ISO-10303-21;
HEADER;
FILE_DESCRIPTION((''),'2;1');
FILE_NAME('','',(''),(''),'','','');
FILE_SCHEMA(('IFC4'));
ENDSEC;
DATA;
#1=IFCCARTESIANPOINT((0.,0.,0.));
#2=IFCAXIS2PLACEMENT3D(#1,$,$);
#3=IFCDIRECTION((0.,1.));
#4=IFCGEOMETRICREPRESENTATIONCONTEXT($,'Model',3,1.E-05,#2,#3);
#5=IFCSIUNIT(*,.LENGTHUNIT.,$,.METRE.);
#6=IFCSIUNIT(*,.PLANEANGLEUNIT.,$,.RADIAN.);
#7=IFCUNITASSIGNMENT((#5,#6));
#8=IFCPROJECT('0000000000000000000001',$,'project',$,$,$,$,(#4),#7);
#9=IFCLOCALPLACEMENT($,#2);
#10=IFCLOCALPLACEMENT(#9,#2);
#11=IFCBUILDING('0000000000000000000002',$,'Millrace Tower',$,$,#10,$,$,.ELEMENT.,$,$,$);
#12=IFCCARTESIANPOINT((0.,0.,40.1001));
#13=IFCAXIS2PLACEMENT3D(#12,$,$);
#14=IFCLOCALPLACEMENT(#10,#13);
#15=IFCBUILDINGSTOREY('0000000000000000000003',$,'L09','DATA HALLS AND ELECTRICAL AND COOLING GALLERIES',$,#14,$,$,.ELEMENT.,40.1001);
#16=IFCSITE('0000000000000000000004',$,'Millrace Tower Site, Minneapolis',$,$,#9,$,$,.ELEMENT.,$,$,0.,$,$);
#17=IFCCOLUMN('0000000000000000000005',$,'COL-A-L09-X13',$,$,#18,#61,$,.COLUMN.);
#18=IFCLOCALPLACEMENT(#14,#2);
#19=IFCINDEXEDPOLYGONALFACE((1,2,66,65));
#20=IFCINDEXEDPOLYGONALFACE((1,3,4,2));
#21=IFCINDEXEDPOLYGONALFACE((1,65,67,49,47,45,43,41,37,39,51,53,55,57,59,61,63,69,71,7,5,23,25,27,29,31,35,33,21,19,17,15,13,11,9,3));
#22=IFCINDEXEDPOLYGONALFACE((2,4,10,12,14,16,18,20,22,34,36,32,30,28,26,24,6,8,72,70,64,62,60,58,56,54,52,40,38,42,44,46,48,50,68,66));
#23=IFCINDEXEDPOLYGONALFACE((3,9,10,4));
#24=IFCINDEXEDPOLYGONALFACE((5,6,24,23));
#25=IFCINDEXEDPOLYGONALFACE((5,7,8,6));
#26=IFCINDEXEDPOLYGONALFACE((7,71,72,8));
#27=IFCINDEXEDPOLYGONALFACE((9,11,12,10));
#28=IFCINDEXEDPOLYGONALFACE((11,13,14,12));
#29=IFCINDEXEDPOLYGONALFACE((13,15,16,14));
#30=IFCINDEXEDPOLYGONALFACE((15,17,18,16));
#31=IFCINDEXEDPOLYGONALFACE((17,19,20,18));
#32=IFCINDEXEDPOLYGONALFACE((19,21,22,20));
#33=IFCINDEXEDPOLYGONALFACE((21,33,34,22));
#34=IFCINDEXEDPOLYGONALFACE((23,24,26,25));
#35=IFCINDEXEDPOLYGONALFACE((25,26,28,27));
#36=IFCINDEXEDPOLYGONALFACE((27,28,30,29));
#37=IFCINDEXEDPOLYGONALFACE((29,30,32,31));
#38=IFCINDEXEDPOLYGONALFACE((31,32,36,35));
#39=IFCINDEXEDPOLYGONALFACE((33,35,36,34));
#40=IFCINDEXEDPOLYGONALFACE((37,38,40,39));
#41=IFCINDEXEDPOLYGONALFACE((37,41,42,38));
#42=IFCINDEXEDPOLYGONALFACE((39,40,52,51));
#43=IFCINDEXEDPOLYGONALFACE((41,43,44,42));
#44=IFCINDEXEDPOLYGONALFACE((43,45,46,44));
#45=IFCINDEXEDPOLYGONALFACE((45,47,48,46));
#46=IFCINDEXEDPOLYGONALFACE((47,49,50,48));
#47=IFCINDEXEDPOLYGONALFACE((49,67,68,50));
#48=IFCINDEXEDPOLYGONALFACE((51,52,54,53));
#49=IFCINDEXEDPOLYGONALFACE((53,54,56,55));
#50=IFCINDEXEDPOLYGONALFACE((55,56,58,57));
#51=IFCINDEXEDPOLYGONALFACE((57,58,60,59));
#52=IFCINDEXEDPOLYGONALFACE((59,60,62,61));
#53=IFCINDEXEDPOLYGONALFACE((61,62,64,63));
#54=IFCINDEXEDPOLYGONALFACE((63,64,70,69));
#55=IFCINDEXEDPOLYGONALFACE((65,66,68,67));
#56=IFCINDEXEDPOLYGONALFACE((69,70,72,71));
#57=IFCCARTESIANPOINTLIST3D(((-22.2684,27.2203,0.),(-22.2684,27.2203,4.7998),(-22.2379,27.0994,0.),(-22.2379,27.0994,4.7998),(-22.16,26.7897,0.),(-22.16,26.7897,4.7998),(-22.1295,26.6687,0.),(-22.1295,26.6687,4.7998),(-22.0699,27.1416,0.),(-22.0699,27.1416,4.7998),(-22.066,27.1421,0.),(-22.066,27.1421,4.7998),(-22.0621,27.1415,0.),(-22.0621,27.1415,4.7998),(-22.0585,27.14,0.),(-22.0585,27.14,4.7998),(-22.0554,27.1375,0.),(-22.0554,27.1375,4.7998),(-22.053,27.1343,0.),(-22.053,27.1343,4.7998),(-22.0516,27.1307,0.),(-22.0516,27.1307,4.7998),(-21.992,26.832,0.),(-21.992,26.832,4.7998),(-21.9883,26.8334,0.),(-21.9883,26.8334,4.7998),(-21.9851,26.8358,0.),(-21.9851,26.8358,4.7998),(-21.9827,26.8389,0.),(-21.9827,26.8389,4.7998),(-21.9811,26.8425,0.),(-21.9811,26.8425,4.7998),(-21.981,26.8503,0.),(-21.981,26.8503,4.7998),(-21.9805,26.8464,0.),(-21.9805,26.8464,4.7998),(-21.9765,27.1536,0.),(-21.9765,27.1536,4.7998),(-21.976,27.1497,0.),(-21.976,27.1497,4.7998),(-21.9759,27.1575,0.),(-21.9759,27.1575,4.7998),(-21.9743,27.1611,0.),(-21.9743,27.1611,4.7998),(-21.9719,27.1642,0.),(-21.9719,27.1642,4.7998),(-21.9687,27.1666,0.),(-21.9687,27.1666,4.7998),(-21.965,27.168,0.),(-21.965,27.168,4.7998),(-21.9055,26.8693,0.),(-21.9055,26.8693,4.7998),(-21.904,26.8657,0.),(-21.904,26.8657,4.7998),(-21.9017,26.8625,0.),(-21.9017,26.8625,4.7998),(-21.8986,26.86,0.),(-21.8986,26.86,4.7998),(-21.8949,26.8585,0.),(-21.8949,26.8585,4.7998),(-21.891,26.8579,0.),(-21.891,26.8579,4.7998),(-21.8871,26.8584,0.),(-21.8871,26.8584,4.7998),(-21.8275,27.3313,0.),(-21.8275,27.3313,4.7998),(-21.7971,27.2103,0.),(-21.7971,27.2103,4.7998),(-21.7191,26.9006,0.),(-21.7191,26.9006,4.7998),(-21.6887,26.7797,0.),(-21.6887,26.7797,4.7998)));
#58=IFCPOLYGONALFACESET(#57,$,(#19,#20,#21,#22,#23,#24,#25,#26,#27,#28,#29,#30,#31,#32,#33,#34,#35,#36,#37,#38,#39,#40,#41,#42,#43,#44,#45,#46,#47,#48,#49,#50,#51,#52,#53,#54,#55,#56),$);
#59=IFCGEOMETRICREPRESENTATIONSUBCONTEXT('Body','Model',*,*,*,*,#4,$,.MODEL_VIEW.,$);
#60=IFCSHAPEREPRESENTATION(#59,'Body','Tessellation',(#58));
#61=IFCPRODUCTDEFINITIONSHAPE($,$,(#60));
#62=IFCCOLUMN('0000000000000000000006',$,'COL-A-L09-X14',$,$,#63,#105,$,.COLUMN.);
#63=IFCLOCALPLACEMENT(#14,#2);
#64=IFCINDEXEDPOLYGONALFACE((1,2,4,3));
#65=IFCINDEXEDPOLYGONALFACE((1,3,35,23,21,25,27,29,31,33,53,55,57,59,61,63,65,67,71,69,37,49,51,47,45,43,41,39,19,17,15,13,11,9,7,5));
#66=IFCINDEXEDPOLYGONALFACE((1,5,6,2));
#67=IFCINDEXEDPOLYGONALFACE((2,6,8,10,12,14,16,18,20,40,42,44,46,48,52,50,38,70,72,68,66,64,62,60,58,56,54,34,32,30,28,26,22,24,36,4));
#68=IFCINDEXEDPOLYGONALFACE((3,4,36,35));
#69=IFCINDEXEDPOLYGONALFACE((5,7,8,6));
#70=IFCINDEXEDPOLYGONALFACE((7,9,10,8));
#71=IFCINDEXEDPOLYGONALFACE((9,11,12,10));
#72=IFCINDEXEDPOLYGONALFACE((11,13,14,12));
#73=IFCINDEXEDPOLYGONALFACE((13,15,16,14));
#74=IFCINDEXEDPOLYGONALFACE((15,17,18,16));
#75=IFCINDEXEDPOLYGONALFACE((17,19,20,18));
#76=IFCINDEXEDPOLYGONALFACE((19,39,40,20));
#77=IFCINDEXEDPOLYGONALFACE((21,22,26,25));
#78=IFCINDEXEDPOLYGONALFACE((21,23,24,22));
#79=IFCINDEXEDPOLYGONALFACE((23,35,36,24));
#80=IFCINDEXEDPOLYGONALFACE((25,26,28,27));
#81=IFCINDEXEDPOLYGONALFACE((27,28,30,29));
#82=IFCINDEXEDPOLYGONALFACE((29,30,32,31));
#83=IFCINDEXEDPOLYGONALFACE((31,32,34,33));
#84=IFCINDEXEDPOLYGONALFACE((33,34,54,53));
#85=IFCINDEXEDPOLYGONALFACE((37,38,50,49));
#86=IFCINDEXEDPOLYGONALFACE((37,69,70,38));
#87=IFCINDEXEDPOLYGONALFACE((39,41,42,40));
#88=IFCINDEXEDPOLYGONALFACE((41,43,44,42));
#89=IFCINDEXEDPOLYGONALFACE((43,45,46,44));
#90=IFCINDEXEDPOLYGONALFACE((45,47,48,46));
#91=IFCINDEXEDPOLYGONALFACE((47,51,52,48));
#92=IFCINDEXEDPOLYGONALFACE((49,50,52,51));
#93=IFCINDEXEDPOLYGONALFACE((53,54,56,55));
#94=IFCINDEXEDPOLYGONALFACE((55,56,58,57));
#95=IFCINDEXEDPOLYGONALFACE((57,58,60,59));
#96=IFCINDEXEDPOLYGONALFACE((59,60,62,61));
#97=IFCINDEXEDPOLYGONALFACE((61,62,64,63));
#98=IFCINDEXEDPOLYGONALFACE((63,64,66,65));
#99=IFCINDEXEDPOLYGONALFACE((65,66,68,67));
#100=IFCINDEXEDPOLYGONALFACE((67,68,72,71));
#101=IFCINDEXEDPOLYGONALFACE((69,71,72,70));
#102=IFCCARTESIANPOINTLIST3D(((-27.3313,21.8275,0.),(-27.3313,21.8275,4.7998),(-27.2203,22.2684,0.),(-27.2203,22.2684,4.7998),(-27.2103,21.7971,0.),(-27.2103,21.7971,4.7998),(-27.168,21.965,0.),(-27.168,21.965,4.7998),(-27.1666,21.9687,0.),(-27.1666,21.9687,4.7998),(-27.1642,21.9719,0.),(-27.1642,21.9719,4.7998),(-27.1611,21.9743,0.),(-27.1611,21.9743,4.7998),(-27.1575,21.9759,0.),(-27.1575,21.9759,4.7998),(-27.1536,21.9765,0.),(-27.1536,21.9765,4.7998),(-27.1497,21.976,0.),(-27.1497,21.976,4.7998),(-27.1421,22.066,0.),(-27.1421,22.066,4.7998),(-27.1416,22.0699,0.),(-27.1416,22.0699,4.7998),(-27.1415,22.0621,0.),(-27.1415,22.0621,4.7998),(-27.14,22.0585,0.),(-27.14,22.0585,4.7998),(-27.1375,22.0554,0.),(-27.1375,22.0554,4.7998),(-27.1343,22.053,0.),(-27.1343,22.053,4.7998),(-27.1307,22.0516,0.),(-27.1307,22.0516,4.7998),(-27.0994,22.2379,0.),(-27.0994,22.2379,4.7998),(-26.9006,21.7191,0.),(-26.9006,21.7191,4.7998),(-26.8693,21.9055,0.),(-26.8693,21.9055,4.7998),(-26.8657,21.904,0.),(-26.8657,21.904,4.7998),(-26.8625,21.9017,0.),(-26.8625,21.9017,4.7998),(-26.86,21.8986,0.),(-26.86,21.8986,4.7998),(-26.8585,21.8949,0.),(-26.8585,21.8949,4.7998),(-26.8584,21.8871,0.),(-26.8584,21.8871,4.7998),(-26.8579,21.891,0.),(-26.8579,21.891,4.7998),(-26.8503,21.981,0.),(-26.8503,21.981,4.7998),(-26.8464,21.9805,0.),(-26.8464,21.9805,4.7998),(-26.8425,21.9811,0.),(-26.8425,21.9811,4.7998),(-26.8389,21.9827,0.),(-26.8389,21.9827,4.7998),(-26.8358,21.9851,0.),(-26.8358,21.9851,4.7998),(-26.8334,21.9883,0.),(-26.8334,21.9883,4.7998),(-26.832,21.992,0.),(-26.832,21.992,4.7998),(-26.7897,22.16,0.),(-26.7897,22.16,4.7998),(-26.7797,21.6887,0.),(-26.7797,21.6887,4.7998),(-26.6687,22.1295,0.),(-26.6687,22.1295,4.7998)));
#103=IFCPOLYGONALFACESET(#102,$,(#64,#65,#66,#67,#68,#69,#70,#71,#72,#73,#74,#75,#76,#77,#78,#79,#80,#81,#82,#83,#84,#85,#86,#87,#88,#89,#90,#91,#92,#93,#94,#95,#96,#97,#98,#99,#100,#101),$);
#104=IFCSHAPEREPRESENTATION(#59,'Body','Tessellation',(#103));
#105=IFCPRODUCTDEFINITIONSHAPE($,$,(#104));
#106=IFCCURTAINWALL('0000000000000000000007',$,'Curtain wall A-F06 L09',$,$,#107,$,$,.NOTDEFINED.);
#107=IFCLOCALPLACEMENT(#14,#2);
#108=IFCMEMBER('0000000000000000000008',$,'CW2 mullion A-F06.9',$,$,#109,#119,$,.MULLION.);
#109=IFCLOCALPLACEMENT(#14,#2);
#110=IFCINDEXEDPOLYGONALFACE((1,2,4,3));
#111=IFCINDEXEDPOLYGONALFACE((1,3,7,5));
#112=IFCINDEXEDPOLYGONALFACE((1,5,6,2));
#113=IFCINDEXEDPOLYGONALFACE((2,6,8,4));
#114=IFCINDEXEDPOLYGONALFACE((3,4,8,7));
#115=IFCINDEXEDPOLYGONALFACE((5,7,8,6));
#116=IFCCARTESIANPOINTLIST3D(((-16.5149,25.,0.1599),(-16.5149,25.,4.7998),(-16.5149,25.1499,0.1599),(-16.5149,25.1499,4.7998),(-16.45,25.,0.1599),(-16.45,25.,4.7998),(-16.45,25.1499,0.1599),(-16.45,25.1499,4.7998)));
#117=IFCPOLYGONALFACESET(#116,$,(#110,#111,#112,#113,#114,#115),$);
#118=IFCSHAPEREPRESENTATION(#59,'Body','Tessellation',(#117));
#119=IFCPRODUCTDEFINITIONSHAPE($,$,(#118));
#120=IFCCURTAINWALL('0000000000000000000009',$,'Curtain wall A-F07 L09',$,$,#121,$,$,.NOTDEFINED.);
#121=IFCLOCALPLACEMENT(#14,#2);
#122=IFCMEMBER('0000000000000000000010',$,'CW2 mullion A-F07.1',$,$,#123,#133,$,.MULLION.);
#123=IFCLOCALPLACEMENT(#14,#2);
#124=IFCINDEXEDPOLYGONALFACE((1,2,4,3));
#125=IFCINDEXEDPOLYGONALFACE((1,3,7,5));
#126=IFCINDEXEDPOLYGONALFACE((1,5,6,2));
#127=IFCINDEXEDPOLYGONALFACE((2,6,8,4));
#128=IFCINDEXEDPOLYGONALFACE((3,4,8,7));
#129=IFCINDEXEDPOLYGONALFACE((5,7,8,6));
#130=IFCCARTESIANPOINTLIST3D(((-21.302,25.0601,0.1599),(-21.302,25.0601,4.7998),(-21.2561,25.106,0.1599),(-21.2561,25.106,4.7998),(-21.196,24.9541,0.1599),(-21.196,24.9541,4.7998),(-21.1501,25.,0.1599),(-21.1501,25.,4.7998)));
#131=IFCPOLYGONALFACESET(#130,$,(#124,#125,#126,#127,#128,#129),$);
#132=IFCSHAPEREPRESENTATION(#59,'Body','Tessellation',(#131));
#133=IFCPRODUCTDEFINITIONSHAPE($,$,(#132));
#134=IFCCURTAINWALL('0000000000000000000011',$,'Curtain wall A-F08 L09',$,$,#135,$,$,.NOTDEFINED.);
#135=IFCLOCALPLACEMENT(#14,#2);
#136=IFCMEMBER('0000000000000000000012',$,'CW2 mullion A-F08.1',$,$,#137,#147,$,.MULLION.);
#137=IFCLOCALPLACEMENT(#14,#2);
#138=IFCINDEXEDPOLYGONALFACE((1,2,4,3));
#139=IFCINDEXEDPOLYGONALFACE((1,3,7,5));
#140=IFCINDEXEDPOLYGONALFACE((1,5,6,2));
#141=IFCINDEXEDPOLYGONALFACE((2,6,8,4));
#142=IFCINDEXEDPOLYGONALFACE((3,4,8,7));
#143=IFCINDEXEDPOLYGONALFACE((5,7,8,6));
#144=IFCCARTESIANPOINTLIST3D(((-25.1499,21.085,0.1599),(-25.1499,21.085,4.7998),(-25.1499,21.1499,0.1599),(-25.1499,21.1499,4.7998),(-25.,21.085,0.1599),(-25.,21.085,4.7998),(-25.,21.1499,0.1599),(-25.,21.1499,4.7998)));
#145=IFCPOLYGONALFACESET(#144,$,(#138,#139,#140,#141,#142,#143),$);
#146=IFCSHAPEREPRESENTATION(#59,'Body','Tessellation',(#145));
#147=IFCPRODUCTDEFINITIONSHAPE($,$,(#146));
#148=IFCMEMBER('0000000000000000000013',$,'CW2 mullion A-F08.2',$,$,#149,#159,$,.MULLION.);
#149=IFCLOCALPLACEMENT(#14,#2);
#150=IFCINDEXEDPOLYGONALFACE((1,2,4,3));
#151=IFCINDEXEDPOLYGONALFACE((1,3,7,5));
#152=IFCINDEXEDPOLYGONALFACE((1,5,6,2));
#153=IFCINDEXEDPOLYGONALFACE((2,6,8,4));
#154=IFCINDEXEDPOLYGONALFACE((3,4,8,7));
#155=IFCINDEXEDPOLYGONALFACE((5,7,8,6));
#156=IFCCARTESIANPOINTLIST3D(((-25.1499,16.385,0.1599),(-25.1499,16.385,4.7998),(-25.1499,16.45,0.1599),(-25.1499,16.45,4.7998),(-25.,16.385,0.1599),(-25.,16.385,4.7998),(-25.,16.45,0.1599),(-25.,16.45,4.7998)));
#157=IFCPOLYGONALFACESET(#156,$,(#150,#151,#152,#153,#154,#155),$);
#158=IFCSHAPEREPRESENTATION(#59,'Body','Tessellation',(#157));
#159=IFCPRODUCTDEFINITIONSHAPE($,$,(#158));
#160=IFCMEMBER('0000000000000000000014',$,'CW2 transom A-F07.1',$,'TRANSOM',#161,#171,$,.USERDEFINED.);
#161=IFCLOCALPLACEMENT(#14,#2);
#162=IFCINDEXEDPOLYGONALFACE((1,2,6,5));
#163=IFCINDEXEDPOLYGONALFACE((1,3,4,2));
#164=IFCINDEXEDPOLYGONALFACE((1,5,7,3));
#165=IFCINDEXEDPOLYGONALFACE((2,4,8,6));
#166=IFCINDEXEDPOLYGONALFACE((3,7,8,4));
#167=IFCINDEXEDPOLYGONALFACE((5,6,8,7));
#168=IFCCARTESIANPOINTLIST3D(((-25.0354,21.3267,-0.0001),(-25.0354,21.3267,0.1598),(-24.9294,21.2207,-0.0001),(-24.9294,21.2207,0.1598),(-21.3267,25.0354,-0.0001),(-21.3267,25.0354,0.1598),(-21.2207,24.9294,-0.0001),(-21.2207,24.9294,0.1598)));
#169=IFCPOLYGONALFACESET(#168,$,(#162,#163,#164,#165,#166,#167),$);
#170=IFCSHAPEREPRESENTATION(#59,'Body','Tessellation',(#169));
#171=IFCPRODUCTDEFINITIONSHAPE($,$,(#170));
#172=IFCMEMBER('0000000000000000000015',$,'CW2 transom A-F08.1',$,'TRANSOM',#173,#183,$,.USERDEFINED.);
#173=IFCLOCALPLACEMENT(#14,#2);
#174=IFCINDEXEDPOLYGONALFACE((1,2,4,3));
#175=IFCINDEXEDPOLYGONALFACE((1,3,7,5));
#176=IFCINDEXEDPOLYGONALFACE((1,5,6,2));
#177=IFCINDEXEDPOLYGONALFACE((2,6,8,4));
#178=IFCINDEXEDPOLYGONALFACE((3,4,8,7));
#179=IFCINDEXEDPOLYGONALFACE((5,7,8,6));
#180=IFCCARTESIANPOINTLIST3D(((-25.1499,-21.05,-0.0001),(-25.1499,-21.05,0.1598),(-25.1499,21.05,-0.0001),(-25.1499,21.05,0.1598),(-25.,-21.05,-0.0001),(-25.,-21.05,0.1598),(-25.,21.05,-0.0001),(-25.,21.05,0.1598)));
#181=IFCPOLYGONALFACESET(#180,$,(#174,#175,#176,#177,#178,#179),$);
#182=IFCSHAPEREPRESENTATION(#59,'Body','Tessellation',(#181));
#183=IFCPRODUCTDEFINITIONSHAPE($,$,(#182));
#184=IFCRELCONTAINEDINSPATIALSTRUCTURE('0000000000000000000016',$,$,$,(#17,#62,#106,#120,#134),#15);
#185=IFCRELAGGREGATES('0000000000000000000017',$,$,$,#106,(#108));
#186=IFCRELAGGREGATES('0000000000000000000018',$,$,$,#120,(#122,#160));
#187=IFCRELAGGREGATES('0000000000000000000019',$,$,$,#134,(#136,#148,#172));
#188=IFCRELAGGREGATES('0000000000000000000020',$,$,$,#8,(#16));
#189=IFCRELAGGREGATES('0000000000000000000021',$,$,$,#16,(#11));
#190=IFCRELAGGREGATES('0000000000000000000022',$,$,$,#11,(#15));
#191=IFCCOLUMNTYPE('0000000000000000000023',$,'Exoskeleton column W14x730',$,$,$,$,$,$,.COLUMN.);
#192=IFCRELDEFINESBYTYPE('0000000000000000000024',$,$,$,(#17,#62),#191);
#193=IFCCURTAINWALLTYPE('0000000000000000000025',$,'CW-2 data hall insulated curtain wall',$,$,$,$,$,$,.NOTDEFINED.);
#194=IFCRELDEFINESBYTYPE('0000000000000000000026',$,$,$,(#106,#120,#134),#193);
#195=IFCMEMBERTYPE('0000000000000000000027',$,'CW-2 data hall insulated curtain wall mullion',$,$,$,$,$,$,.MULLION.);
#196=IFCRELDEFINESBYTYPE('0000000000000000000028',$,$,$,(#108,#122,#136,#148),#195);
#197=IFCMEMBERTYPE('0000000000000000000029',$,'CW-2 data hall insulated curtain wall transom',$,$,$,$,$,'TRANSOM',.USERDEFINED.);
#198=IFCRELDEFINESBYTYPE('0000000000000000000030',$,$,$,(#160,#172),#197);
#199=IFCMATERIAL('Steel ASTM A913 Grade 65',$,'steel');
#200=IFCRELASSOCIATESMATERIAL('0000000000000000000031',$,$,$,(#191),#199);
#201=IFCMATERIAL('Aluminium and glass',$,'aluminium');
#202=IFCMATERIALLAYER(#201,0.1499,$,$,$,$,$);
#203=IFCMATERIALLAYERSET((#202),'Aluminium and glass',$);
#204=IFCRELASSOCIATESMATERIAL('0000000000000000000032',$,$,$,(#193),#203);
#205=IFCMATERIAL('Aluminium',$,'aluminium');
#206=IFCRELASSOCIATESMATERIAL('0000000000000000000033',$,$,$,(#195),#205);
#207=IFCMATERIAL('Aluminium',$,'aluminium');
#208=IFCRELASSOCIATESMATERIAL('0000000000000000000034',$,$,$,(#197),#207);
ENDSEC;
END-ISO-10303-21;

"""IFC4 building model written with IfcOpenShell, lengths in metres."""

from ifc_helpers import new_model, si_unit, direction, frame, origin, origin_2d, place, context, subcontext, project, spatial, rectangle, i_section, extrude, material, layer, layer_set, material_profile, profile_set, type_object, element, aggregate, save


model = new_model("IFC4")

# Units and contexts
model_context = context("Model", 3, precision=1e-05, world=origin(), true_north=direction((0.0, 1.0)))
body_context = subcontext(model_context, "Body", "Model", "MODEL_VIEW")
ifc_project = project(units=[si_unit("LENGTHUNIT", "METRE"), si_unit("PLANEANGLEUNIT", "RADIAN")], contexts=[model_context])

# Site, building, storey
site_placement = place(None, origin())
site = spatial("IfcSite", under=ifc_project, at=site_placement, Name="Millrace Tower Site, Minneapolis", CompositionType="ELEMENT", RefElevation=0.0)
building_placement = place(site_placement, origin())
building = spatial("IfcBuilding", under=site, at=building_placement, Name="Millrace Tower", CompositionType="ELEMENT")
storey_placement = place(building_placement, frame((0.0, 0.0, 40.1001)))
storey = spatial("IfcBuildingStorey", under=building, at=storey_placement, Name="L09", Description="DATA HALLS AND ELECTRICAL AND COOLING GALLERIES", CompositionType="ELEMENT", Elevation=40.1001)

# Columns
ifc_material_1 = material(Name="Steel ASTM A913 Grade 65", Category="steel")
ifc_material_profile_1 = material_profile(ifc_material_1, i_section(OverallWidth=0.4546, OverallDepth=0.5688, WebThickness=0.0779, FlangeThickness=0.1248, FilletRadius=0.0151, at=origin_2d()))
ifc_profile_set_1 = profile_set([ifc_material_profile_1], Name="Steel ASTM A913 Grade 65")
column_type = type_object("IfcColumnType", Name="Exoskeleton column W14x730", PredefinedType="COLUMN", material=ifc_profile_set_1)
for number, where, z_axis, x_axis, name in (
    (1, (-21.9785, 27.0, 0.0), (0.0, 0.0, 1.0), (-0.969752, -0.244094, 0.0), "COL-A-L09-X13"),
    (2, (-27.0, 21.9785, 0.0), (0.0, 0.0, 1.0), (-0.244094, -0.969752, 0.0), "COL-A-L09-X14"),
):
    element("IfcColumn", number, at=place(storey_placement, frame(where, z_axis=z_axis, x_axis=x_axis)), inside=storey, type_object=column_type, Name=name, PredefinedType="COLUMN", context=body_context, shape_type="SweptSolid", body=[
        extrude(i_section(OverallWidth=0.4546, OverallDepth=0.5688, WebThickness=0.0779, FlangeThickness=0.1248, FilletRadius=0.0151, at=origin_2d()), origin(), (0.0, 0.0, 1.0), 4.7998),
    ])

# Curtain walls, members
ifc_material_2 = material(Name="Aluminium and glass", Category="aluminium")
ifc_layer_1 = layer(ifc_material_2, 0.1499)
ifc_layer_set_1 = layer_set([ifc_layer_1], Name="Aluminium and glass")
curtain_wall_type = type_object("IfcCurtainWallType", Name="CW-2 data hall insulated curtain wall", PredefinedType="NOTDEFINED", material=ifc_layer_set_1)
placement = place(storey_placement, origin())
curtain_wall_1 = element("IfcCurtainWall", 3, at=placement, inside=storey, type_object=curtain_wall_type, Name="Curtain wall A-F06 L09", PredefinedType="NOTDEFINED")
ifc_material_3 = material(Name="Aluminium", Category="aluminium")
ifc_material_profile_2 = material_profile(ifc_material_3, rectangle(XDim=0.0649, YDim=0.1499, at=origin_2d()))
ifc_profile_set_2 = profile_set([ifc_material_profile_2], Name="Aluminium")
member_type_1 = type_object("IfcMemberType", Name="CW-2 data hall insulated curtain wall mullion", PredefinedType="MULLION", material=ifc_profile_set_2)
member_1_placement = place(storey_placement, frame((-16.4824, 25.075, 0.1599), z_axis=(0.0, 0.0, 1.0), x_axis=(-1.0, 0.0, 0.0)))
member_1 = element("IfcMember", 4, at=member_1_placement, type_object=member_type_1, Name="CW2 mullion A-F06.9", PredefinedType="MULLION", context=body_context, shape_type="SweptSolid", body=[
    extrude(rectangle(XDim=0.0649, YDim=0.1499, at=origin_2d()), origin(), (0.0, 0.0, 1.0), 4.6399),
])
aggregate(curtain_wall_1, [member_1])
curtain_wall_2 = element("IfcCurtainWall", 5, at=placement, inside=storey, type_object=curtain_wall_type, Name="Curtain wall A-F07 L09", PredefinedType="NOTDEFINED")
member_2_placement = place(storey_placement, frame((-21.2261, 25.03, 0.1599), z_axis=(0.0, 0.0, 1.0), x_axis=(-0.707107, -0.707107, 0.0)))
member_2 = element("IfcMember", 6, at=member_2_placement, type_object=member_type_1, Name="CW2 mullion A-F07.1", PredefinedType="MULLION", context=body_context, shape_type="SweptSolid", body=[
    extrude(rectangle(XDim=0.0649, YDim=0.1499, at=origin_2d()), origin(), (0.0, 0.0, 1.0), 4.6399),
])

# Curtain wall, members
curtain_wall_3 = element("IfcCurtainWall", 7, at=placement, inside=storey, type_object=curtain_wall_type, Name="Curtain wall A-F08 L09", PredefinedType="NOTDEFINED")
member_3_placement = place(storey_placement, frame((-25.075, 21.1174, 0.1599), z_axis=(0.0, 0.0, 1.0), x_axis=(0.0, -1.0, 0.0)))
member_3 = element("IfcMember", 8, at=member_3_placement, type_object=member_type_1, Name="CW2 mullion A-F08.1", PredefinedType="MULLION", context=body_context, shape_type="SweptSolid", body=[
    extrude(rectangle(XDim=0.0649, YDim=0.1499, at=origin_2d()), origin(), (0.0, 0.0, 1.0), 4.6399),
])
member_4_placement = place(storey_placement, frame((-25.075, 16.4175, 0.1599), z_axis=(0.0, 0.0, 1.0), x_axis=(0.0, -1.0, 0.0)))
member_4 = element("IfcMember", 9, at=member_4_placement, type_object=member_type_1, Name="CW2 mullion A-F08.2", PredefinedType="MULLION", context=body_context, shape_type="SweptSolid", body=[
    extrude(rectangle(XDim=0.0649, YDim=0.1499, at=origin_2d()), origin(), (0.0, 0.0, 1.0), 4.6399),
])

# Members
ifc_material_4 = material(Name="Aluminium", Category="aluminium")
ifc_material_profile_3 = material_profile(ifc_material_4, rectangle(XDim=0.1499, YDim=0.1599, at=origin_2d()))
ifc_profile_set_3 = profile_set([ifc_material_profile_3], Name="Aluminium")
member_type_2 = type_object("IfcMemberType", Name="CW-2 data hall insulated curtain wall transom", ElementType="TRANSOM", PredefinedType="USERDEFINED", material=ifc_profile_set_3)
member_5_placement = place(storey_placement, frame((-21.2737, 24.9824, 0.0798), z_axis=(-0.707107, -0.707107, 0.0), x_axis=(0.707107, -0.707107, 0.0)))
member_5 = element("IfcMember", 10, at=member_5_placement, type_object=member_type_2, Name="CW2 transom A-F07.1", ObjectType="TRANSOM", PredefinedType="USERDEFINED", context=body_context, shape_type="SweptSolid", body=[
    extrude(rectangle(XDim=0.1499, YDim=0.1599, at=origin_2d()), origin(), (0.0, 0.0, 1.0), 5.2449),
])
aggregate(curtain_wall_2, [member_2, member_5])
member_6_placement = place(storey_placement, frame((-25.075, 21.05, 0.0798), z_axis=(0.0, -1.0, 0.0), x_axis=(1.0, 0.0, 0.0)))
member_6 = element("IfcMember", 11, at=member_6_placement, type_object=member_type_2, Name="CW2 transom A-F08.1", ObjectType="TRANSOM", PredefinedType="USERDEFINED", context=body_context, shape_type="SweptSolid", body=[
    extrude(rectangle(XDim=0.1499, YDim=0.1599, at=origin_2d()), origin(), (0.0, 0.0, 1.0), 42.1001),
])
aggregate(curtain_wall_3, [member_3, member_4, member_6])

save(model, "model.ifc")
